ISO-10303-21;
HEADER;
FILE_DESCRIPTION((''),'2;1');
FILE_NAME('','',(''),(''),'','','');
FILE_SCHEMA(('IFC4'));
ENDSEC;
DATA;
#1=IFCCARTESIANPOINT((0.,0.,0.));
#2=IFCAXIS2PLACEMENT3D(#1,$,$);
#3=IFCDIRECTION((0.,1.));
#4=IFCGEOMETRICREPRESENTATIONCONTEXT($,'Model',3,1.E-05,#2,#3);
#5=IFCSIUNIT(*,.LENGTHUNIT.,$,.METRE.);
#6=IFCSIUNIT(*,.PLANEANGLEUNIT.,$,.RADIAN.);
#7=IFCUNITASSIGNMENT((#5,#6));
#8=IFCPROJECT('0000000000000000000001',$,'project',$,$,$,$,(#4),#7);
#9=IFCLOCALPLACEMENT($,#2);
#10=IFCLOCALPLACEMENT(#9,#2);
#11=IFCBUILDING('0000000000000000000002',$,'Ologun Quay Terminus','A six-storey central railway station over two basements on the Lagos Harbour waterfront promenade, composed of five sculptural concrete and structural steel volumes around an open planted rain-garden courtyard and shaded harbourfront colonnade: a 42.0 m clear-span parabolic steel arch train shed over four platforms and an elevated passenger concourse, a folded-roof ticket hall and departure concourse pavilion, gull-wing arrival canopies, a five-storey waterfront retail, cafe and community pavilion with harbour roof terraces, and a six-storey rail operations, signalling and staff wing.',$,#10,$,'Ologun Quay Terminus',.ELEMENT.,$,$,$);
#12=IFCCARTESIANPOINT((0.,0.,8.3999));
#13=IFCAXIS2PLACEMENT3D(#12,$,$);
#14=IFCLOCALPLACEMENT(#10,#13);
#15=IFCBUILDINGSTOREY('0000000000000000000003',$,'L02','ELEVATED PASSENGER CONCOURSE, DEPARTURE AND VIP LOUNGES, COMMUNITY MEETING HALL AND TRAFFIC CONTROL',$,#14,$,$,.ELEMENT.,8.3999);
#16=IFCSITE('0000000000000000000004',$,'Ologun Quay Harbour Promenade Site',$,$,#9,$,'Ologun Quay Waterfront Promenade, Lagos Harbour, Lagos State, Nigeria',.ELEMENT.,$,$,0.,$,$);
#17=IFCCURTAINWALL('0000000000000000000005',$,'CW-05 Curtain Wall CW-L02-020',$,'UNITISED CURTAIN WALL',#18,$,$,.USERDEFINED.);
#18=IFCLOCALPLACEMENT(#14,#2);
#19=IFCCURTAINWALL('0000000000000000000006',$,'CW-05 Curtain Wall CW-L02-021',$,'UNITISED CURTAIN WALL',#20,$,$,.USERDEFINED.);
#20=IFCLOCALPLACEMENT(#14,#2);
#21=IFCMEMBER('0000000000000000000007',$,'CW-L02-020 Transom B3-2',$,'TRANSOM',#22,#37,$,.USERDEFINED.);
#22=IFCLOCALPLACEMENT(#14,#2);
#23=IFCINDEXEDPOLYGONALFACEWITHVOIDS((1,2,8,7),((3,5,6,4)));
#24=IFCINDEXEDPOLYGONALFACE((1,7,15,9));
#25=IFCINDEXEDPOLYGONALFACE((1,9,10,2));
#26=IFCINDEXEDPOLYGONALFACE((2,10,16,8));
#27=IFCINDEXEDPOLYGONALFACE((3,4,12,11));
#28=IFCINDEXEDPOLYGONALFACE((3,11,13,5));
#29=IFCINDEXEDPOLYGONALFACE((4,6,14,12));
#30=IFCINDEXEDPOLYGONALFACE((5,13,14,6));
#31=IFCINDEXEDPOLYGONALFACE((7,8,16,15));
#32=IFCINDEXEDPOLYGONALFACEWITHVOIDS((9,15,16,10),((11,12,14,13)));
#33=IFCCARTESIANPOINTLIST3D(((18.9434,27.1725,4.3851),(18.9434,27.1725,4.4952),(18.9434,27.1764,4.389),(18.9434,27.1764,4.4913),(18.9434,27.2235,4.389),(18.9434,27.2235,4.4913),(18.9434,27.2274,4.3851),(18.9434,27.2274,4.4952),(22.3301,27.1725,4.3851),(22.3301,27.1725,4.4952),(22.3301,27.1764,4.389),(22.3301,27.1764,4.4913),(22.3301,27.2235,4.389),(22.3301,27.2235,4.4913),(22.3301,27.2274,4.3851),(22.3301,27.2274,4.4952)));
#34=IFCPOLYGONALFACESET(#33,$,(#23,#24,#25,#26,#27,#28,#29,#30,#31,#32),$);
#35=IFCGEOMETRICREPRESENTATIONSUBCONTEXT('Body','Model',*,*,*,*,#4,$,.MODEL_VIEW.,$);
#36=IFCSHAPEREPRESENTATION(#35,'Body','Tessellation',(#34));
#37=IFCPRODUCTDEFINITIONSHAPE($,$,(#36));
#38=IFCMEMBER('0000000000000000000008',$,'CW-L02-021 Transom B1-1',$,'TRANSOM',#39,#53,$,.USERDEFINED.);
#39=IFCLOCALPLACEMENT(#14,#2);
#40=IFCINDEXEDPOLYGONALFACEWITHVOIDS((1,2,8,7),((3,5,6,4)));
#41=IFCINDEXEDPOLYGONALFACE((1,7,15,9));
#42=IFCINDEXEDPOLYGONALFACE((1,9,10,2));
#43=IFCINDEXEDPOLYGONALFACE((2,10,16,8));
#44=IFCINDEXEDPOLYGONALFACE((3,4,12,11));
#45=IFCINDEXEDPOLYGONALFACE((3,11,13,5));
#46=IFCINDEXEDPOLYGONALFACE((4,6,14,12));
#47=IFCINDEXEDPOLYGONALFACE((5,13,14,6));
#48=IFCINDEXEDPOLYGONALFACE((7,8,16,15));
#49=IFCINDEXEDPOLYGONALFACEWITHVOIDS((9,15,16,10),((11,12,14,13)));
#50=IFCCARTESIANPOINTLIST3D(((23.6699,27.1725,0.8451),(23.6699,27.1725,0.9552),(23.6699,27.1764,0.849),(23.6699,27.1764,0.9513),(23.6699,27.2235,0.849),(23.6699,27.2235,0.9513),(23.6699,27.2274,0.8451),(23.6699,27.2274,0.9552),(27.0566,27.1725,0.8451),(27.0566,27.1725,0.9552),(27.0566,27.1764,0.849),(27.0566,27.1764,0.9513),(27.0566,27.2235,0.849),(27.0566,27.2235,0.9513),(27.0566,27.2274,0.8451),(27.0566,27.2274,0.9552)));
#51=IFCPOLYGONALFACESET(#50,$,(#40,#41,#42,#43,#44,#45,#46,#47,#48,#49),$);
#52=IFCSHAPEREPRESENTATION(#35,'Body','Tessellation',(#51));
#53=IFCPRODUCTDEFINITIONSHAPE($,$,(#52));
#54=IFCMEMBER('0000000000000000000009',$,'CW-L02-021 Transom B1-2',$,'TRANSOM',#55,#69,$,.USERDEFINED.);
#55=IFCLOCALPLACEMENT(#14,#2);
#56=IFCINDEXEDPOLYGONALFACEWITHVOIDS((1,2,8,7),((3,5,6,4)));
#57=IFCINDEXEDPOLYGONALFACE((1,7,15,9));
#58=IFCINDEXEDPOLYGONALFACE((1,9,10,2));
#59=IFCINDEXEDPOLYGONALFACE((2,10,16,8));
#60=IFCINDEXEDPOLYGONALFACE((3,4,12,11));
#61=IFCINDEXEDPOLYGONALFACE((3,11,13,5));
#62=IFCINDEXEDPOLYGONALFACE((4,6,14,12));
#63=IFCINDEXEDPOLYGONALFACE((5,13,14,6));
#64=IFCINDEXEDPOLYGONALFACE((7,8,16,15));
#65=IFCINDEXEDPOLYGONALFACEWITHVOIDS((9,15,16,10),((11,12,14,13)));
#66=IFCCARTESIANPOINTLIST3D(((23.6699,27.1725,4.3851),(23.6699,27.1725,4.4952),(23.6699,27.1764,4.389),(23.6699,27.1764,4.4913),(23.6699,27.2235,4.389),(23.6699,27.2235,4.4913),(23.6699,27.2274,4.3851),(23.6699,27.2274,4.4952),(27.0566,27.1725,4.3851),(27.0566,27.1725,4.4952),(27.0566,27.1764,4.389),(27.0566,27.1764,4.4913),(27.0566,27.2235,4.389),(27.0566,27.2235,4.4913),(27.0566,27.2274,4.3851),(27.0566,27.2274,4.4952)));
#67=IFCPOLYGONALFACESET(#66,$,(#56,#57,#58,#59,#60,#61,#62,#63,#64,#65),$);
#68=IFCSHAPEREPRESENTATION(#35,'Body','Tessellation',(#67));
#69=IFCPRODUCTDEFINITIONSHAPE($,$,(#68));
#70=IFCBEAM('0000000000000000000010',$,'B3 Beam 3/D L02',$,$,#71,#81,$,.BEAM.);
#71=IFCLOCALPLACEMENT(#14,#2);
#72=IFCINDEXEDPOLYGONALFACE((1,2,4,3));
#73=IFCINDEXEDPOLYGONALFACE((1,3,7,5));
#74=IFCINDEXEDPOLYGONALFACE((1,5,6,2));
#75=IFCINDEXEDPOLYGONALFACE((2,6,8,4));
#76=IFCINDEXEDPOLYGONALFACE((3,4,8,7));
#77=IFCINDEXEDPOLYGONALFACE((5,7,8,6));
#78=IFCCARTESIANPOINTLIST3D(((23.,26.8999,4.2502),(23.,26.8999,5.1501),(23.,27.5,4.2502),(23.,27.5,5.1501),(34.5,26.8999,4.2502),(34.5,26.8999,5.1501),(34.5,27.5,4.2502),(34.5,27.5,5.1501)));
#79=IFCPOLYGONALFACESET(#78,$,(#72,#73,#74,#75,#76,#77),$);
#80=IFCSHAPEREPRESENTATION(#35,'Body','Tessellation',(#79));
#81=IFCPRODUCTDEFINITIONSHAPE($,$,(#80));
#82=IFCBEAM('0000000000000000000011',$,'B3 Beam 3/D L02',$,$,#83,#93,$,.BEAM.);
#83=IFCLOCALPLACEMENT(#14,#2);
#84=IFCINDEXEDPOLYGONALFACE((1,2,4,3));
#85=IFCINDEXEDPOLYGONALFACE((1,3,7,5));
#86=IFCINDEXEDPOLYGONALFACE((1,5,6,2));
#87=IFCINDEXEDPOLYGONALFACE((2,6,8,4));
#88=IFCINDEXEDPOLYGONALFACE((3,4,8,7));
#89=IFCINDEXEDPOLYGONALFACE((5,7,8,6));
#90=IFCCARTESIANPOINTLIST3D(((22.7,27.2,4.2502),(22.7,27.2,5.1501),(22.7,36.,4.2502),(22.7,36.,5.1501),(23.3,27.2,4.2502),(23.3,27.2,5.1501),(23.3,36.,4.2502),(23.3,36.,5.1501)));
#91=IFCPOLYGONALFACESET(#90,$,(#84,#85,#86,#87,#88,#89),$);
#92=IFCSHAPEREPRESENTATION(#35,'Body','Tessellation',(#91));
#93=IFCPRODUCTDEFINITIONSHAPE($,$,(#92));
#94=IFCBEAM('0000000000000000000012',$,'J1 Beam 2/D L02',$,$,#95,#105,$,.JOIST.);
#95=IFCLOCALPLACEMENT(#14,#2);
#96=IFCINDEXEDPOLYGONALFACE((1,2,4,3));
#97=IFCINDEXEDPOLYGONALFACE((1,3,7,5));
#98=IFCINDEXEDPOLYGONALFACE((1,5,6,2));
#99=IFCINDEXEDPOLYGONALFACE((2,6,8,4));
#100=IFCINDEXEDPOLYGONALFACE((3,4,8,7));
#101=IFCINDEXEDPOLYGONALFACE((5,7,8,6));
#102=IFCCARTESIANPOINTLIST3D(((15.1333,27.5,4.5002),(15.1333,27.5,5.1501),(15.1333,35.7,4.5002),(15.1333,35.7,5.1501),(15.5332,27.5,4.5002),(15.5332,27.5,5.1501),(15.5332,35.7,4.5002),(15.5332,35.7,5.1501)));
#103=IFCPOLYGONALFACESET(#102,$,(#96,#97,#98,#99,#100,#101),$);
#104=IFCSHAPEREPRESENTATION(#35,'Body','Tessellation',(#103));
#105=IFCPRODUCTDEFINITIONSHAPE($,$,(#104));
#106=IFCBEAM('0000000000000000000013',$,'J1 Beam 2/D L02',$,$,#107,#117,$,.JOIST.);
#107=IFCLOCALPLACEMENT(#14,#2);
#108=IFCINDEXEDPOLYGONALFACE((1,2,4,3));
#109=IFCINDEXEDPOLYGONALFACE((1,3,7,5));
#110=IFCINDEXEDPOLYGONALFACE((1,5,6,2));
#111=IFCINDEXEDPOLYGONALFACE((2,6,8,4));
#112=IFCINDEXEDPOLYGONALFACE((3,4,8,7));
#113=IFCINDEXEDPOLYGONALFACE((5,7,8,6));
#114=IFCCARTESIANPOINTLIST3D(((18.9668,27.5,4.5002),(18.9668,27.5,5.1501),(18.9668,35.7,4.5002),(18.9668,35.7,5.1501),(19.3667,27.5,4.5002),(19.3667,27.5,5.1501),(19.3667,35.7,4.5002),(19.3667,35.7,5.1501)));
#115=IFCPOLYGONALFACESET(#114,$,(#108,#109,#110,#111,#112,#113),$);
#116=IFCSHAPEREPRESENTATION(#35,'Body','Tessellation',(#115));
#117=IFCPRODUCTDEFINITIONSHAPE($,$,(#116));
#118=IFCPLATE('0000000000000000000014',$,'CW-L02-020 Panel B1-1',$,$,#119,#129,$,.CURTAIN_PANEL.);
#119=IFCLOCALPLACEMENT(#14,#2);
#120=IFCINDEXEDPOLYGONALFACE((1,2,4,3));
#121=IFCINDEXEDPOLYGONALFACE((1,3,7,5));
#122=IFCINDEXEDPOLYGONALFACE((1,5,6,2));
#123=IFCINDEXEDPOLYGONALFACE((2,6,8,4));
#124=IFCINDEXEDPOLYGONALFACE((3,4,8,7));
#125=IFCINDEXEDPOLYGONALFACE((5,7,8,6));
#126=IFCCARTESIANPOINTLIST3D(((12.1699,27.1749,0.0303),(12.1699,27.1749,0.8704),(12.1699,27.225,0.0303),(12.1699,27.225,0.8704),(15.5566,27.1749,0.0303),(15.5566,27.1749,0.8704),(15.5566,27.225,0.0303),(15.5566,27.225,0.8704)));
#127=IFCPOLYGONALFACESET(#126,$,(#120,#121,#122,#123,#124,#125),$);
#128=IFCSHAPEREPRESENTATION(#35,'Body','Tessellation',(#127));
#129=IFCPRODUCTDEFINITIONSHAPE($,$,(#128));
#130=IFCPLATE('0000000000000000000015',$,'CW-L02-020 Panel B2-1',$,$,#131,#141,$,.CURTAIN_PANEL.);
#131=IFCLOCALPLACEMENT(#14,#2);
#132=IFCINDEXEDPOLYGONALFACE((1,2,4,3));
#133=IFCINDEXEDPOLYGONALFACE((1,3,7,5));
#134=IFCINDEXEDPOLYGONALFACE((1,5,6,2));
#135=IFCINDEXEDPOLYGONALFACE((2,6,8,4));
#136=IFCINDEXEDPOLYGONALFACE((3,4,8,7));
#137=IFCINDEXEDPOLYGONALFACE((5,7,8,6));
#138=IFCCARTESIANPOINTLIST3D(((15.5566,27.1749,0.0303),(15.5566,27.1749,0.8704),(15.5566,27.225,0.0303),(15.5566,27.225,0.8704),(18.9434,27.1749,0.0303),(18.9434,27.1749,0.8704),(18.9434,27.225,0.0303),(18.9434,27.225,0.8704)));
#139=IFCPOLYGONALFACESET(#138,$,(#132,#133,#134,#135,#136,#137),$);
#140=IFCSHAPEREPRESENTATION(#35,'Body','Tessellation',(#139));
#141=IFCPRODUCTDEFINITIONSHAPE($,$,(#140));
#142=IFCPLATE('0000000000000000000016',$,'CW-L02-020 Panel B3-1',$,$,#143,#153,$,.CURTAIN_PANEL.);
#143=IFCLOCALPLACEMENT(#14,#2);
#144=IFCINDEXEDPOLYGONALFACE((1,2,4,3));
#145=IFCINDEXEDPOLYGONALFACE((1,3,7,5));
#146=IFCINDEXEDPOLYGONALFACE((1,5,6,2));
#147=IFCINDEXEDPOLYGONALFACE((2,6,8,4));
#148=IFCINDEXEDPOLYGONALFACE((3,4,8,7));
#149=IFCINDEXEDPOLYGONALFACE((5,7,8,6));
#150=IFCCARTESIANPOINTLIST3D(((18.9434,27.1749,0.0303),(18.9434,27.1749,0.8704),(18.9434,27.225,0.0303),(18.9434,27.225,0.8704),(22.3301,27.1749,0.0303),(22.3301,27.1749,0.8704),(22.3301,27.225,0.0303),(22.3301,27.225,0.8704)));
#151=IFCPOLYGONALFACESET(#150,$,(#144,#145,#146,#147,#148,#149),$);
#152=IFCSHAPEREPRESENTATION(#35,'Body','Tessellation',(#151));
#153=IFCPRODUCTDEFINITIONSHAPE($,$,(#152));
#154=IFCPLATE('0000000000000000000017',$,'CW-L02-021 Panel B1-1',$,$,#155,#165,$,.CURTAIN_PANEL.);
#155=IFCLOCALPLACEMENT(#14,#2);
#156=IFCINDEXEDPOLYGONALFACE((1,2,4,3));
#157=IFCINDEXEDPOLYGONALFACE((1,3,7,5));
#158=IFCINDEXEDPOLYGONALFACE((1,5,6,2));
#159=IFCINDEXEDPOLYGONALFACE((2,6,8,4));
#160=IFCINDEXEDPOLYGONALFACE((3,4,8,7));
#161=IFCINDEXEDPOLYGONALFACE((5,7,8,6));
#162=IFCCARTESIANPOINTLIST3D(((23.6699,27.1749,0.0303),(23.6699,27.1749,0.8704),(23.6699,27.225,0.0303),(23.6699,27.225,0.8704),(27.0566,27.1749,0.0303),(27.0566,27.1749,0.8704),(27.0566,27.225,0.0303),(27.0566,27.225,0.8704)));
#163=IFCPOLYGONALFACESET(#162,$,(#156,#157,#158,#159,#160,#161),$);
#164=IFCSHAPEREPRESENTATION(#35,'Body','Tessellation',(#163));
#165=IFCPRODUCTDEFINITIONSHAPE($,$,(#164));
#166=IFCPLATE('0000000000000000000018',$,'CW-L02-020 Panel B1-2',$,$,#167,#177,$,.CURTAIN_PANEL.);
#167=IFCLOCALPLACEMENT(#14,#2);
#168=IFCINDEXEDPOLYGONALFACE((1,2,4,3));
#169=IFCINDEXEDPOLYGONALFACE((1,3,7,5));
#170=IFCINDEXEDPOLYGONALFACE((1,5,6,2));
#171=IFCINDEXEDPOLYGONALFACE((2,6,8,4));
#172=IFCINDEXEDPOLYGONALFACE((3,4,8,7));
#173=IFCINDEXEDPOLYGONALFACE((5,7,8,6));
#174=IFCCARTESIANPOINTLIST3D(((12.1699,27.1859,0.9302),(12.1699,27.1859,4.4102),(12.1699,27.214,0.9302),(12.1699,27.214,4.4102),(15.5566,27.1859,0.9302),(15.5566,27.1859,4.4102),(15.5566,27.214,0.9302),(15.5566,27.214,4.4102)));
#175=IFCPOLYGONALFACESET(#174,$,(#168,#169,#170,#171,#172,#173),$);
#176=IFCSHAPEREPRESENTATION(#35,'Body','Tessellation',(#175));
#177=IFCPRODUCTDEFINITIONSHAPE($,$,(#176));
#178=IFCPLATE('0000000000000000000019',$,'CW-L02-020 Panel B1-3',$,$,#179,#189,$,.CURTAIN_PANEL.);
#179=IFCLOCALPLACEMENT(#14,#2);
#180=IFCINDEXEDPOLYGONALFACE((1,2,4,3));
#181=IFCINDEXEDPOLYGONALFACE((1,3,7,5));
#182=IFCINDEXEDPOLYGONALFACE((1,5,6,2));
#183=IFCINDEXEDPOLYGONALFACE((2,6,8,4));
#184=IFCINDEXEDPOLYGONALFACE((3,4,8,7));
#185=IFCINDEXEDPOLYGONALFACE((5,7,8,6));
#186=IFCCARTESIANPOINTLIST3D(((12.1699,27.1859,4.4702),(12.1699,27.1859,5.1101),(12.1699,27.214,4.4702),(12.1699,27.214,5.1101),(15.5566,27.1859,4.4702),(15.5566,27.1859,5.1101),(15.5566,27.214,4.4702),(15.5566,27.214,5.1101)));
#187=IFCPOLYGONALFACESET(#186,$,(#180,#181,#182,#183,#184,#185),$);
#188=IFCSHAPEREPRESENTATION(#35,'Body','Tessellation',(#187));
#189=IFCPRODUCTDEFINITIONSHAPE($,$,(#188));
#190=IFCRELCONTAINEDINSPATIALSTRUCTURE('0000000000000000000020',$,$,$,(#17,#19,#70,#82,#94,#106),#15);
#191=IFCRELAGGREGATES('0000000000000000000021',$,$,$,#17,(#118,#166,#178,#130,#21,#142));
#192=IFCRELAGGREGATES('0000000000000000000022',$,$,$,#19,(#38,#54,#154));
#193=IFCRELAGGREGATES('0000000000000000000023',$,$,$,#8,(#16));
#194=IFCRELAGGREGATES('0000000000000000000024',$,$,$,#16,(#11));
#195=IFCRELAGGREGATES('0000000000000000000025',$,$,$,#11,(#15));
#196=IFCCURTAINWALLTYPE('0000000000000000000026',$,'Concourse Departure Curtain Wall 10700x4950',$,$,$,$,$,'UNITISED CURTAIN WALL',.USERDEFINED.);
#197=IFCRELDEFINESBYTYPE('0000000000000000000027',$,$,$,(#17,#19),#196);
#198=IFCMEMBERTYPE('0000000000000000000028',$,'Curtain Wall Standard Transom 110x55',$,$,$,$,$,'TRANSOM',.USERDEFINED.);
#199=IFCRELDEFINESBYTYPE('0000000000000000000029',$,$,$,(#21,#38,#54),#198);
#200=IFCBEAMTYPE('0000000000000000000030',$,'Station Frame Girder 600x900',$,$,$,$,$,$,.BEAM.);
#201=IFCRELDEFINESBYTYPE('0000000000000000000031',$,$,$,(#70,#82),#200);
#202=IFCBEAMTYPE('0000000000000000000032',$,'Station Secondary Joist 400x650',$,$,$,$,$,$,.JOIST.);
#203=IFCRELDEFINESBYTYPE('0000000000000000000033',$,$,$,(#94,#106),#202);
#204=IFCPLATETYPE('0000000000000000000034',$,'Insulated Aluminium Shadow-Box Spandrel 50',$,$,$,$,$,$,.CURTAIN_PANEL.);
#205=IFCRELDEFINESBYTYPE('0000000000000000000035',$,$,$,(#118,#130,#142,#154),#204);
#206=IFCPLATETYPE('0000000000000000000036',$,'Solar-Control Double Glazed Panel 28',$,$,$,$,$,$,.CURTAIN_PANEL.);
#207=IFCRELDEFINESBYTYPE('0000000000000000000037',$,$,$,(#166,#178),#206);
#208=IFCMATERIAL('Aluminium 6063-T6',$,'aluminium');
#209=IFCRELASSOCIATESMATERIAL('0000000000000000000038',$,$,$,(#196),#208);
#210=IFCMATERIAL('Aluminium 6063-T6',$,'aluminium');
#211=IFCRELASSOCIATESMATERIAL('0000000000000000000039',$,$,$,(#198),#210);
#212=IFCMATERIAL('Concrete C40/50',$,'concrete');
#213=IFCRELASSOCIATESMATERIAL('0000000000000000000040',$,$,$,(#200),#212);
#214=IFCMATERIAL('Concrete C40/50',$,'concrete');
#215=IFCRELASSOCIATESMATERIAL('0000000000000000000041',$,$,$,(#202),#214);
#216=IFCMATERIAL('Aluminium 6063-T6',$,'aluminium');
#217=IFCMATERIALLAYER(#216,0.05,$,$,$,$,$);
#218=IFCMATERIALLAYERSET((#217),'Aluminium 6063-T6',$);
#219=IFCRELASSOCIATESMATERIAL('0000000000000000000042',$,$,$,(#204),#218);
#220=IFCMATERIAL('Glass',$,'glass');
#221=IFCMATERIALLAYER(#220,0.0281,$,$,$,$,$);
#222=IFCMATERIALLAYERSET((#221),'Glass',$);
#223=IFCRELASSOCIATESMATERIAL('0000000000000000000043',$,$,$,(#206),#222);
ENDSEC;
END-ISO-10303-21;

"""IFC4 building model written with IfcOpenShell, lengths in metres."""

from ifc_helpers import new_model, si_unit, direction, frame, origin, origin_2d, place, context, subcontext, project, spatial, rectangle, hollow_rectangle, extrude, material, layer, layer_set, material_profile, profile_set, type_object, element, aggregate, save


model = new_model("IFC4")

# Units and contexts
model_context = context("Model", 3, precision=1e-05, world=origin(), true_north=direction((0.0, 1.0)))
body_context = subcontext(model_context, "Body", "Model", "MODEL_VIEW")
ifc_project = project(units=[si_unit("LENGTHUNIT", "METRE"), si_unit("PLANEANGLEUNIT", "RADIAN")], contexts=[model_context])

# Site, building, storey
site_placement = place(None, origin())
site = spatial("IfcSite", under=ifc_project, at=site_placement, Name="Ologun Quay Harbour Promenade Site", LongName="Ologun Quay Waterfront Promenade, Lagos Harbour, Lagos State, Nigeria", CompositionType="ELEMENT", RefElevation=0.0)
building_placement = place(site_placement, origin())
building = spatial("IfcBuilding", under=site, at=building_placement, Name="Ologun Quay Terminus", Description="A six-storey central railway station over two basements on the Lagos Harbour waterfront promenade, composed of five sculptural concrete and structural steel volumes around an open planted rain-garden courtyard and shaded harbourfront colonnade: a 42.0 m clear-span parabolic steel arch train shed over four platforms and an elevated passenger concourse, a folded-roof ticket hall and departure concourse pavilion, gull-wing arrival canopies, a five-storey waterfront retail, cafe and community pavilion with harbour roof terraces, and a six-storey rail operations, signalling and staff wing.", LongName="Ologun Quay Terminus", CompositionType="ELEMENT")
storey_placement = place(building_placement, frame((0.0, 0.0, 8.3999)))
storey = spatial("IfcBuildingStorey", under=building, at=storey_placement, Name="L02", Description="ELEVATED PASSENGER CONCOURSE, DEPARTURE AND VIP LOUNGES, COMMUNITY MEETING HALL AND TRAFFIC CONTROL", CompositionType="ELEMENT", Elevation=8.3999)

# Curtain wall
ifc_material_1 = material(Name="Aluminium 6063-T6", Category="aluminium")
curtain_wall_type = type_object("IfcCurtainWallType", Name="Concourse Departure Curtain Wall 10700x4950", ElementType="UNITISED CURTAIN WALL", PredefinedType="USERDEFINED", material=ifc_material_1)
curtain_wall_1_placement = place(storey_placement, origin())
curtain_wall_1 = element("IfcCurtainWall", 1, at=curtain_wall_1_placement, inside=storey, type_object=curtain_wall_type, Name="CW-05 Curtain Wall CW-L02-020", ObjectType="UNITISED CURTAIN WALL", PredefinedType="USERDEFINED")

# Curtain wall
curtain_wall_2_placement = place(storey_placement, origin())
curtain_wall_2 = element("IfcCurtainWall", 2, at=curtain_wall_2_placement, inside=storey, type_object=curtain_wall_type, Name="CW-05 Curtain Wall CW-L02-021", ObjectType="UNITISED CURTAIN WALL", PredefinedType="USERDEFINED")

# Members
ifc_material_2 = material(Name="Aluminium 6063-T6", Category="aluminium")
ifc_material_profile_1 = material_profile(ifc_material_2, hollow_rectangle(XDim=0.0549, YDim=0.1101, WallThickness=0.0039, at=origin_2d()), Name="ALU 110x55x4")
ifc_profile_set_1 = profile_set([ifc_material_profile_1], Name="Aluminium 6063-T6")
member_type_1 = type_object("IfcMemberType", Name="Curtain Wall Standard Transom 110x55", ElementType="TRANSOM", PredefinedType="USERDEFINED", material=ifc_profile_set_1)
member_1_placement = place(storey_placement, frame((18.9434, 27.2, 4.4402), z_axis=(1.0, 0.0, 0.0), x_axis=(0.0, 1.0, 0.0)))
member_1 = element("IfcMember", 3, at=member_1_placement, type_object=member_type_1, Name="CW-L02-020 Transom B3-2", ObjectType="TRANSOM", PredefinedType="USERDEFINED", context=body_context, shape_type="SweptSolid", body=[
    extrude(hollow_rectangle(XDim=0.0549, YDim=0.1101, WallThickness=0.0039, at=origin_2d()), origin(), (0.0, 0.0, 1.0), 3.3867),
])
member_2_placement = place(storey_placement, frame((23.6699, 27.2, 0.9001), z_axis=(1.0, 0.0, 0.0), x_axis=(0.0, 1.0, 0.0)))
member_2 = element("IfcMember", 4, at=member_2_placement, type_object=member_type_1, Name="CW-L02-021 Transom B1-1", ObjectType="TRANSOM", PredefinedType="USERDEFINED", context=body_context, shape_type="SweptSolid", body=[
    extrude(hollow_rectangle(XDim=0.0549, YDim=0.1101, WallThickness=0.0039, at=origin_2d()), origin(), (0.0, 0.0, 1.0), 3.3867),
])
member_3_placement = place(storey_placement, frame((23.6699, 27.2, 4.4402), z_axis=(1.0, 0.0, 0.0), x_axis=(0.0, 1.0, 0.0)))
member_3 = element("IfcMember", 5, at=member_3_placement, type_object=member_type_1, Name="CW-L02-021 Transom B1-2", ObjectType="TRANSOM", PredefinedType="USERDEFINED", context=body_context, shape_type="SweptSolid", body=[
    extrude(hollow_rectangle(XDim=0.0549, YDim=0.1101, WallThickness=0.0039, at=origin_2d()), origin(), (0.0, 0.0, 1.0), 3.3867),
])

# Beams
ifc_material_3 = material(Name="Concrete C40/50", Category="concrete")
ifc_material_profile_2 = material_profile(ifc_material_3, rectangle(XDim=0.6001, YDim=0.8999, at=origin_2d()), Name="RC 600x900")
ifc_profile_set_2 = profile_set([ifc_material_profile_2], Name="Concrete C40/50")
beam_type_1 = type_object("IfcBeamType", Name="Station Frame Girder 600x900", PredefinedType="BEAM", material=ifc_profile_set_2)
beam_1_placement = place(storey_placement, frame((23.0, 27.2, 4.7002), z_axis=(1.0, 0.0, 0.0), x_axis=(0.0, 1.0, 0.0)))
element("IfcBeam", 6, at=beam_1_placement, inside=storey, type_object=beam_type_1, Name="B3 Beam 3/D L02", PredefinedType="BEAM", context=body_context, shape_type="SweptSolid", body=[
    extrude(rectangle(XDim=0.6001, YDim=0.8999, at=origin_2d()), origin(), (0.0, 0.0, 1.0), 11.5),
])
beam_2_placement = place(storey_placement, frame((23.0, 27.2, 4.7002), z_axis=(0.0, 1.0, 0.0), x_axis=(-1.0, 0.0, 0.0)))
element("IfcBeam", 7, at=beam_2_placement, inside=storey, type_object=beam_type_1, Name="B3 Beam 3/D L02", PredefinedType="BEAM", context=body_context, shape_type="SweptSolid", body=[
    extrude(rectangle(XDim=0.6001, YDim=0.8999, at=origin_2d()), origin(), (0.0, 0.0, 1.0), 8.8),
])
ifc_material_4 = material(Name="Concrete C40/50", Category="concrete")
ifc_material_profile_3 = material_profile(ifc_material_4, rectangle(XDim=0.3999, YDim=0.6499, at=origin_2d()), Name="RC 400x650")
ifc_profile_set_3 = profile_set([ifc_material_profile_3], Name="Concrete C40/50")
beam_type_2 = type_object("IfcBeamType", Name="Station Secondary Joist 400x650", PredefinedType="JOIST", material=ifc_profile_set_3)
for number, where, z_axis, x_axis, name in (
    (8, (15.3333, 27.5, 4.8252), (0.0, 1.0, 0.0), (-1.0, 0.0, 0.0), "J1 Beam 2/D L02"),
    (9, (19.1667, 27.5, 4.8252), (0.0, 1.0, 0.0), (-1.0, 0.0, 0.0), "J1 Beam 2/D L02"),
):
    element("IfcBeam", number, at=place(storey_placement, frame(where, z_axis=z_axis, x_axis=x_axis)), inside=storey, type_object=beam_type_2, Name=name, PredefinedType="JOIST", context=body_context, shape_type="SweptSolid", body=[
        extrude(rectangle(XDim=0.3999, YDim=0.6499, at=origin_2d()), origin(), (0.0, 0.0, 1.0), 8.2),
    ])

# Plates
ifc_material_5 = material(Name="Aluminium 6063-T6", Category="aluminium")
ifc_layer_1 = layer(ifc_material_5, 0.05)
ifc_layer_set_1 = layer_set([ifc_layer_1], Name="Aluminium 6063-T6")
plate_type_1 = type_object("IfcPlateType", Name="Insulated Aluminium Shadow-Box Spandrel 50", PredefinedType="CURTAIN_PANEL", material=ifc_layer_set_1)
plate_1_placement = place(storey_placement, frame((13.8633, 27.2, 0.0303), z_axis=(0.0, 0.0, 1.0), x_axis=(1.0, 0.0, 0.0)))
plate_1 = element("IfcPlate", 10, at=plate_1_placement, type_object=plate_type_1, Name="CW-L02-020 Panel B1-1", PredefinedType="CURTAIN_PANEL", context=body_context, shape_type="SweptSolid", body=[
    extrude(rectangle(XDim=3.3867, YDim=0.05, at=origin_2d()), origin(), (0.0, 0.0, 1.0), 0.8401),
])
plate_2_placement = place(storey_placement, frame((17.25, 27.2, 0.0303), z_axis=(0.0, 0.0, 1.0), x_axis=(1.0, 0.0, 0.0)))
plate_2 = element("IfcPlate", 11, at=plate_2_placement, type_object=plate_type_1, Name="CW-L02-020 Panel B2-1", PredefinedType="CURTAIN_PANEL", context=body_context, shape_type="SweptSolid", body=[
    extrude(rectangle(XDim=3.3867, YDim=0.05, at=origin_2d()), origin(), (0.0, 0.0, 1.0), 0.8401),
])
plate_3_placement = place(storey_placement, frame((20.6367, 27.2, 0.0303), z_axis=(0.0, 0.0, 1.0), x_axis=(1.0, 0.0, 0.0)))
plate_3 = element("IfcPlate", 12, at=plate_3_placement, type_object=plate_type_1, Name="CW-L02-020 Panel B3-1", PredefinedType="CURTAIN_PANEL", context=body_context, shape_type="SweptSolid", body=[
    extrude(rectangle(XDim=3.3867, YDim=0.05, at=origin_2d()), origin(), (0.0, 0.0, 1.0), 0.8401),
])
plate_4_placement = place(storey_placement, frame((25.3633, 27.2, 0.0303), z_axis=(0.0, 0.0, 1.0), x_axis=(1.0, 0.0, 0.0)))
plate_4 = element("IfcPlate", 13, at=plate_4_placement, type_object=plate_type_1, Name="CW-L02-021 Panel B1-1", PredefinedType="CURTAIN_PANEL", context=body_context, shape_type="SweptSolid", body=[
    extrude(rectangle(XDim=3.3867, YDim=0.05, at=origin_2d()), origin(), (0.0, 0.0, 1.0), 0.8401),
])
ifc_material_6 = material(Name="Glass", Category="glass")
ifc_layer_2 = layer(ifc_material_6, 0.0281)
ifc_layer_set_2 = layer_set([ifc_layer_2], Name="Glass")
plate_type_2 = type_object("IfcPlateType", Name="Solar-Control Double Glazed Panel 28", PredefinedType="CURTAIN_PANEL", material=ifc_layer_set_2)
plate_5_placement = place(storey_placement, frame((13.8633, 27.2, 0.9302), z_axis=(0.0, 0.0, 1.0), x_axis=(1.0, 0.0, 0.0)))
plate_5 = element("IfcPlate", 14, at=plate_5_placement, type_object=plate_type_2, Name="CW-L02-020 Panel B1-2", PredefinedType="CURTAIN_PANEL", context=body_context, shape_type="SweptSolid", body=[
    extrude(rectangle(XDim=3.3867, YDim=0.0281, at=origin_2d()), origin(), (0.0, 0.0, 1.0), 3.48),
])
plate_6_placement = place(storey_placement, frame((13.8633, 27.2, 4.4702), z_axis=(0.0, 0.0, 1.0), x_axis=(1.0, 0.0, 0.0)))
plate_6 = element("IfcPlate", 15, at=plate_6_placement, type_object=plate_type_2, Name="CW-L02-020 Panel B1-3", PredefinedType="CURTAIN_PANEL", context=body_context, shape_type="SweptSolid", body=[
    extrude(rectangle(XDim=3.3867, YDim=0.0281, at=origin_2d()), origin(), (0.0, 0.0, 1.0), 0.6399),
])
aggregate(curtain_wall_1, [plate_1, plate_5, plate_6, plate_2, member_1, plate_3])
aggregate(curtain_wall_2, [member_2, member_3, plate_4])

save(model, "model.ifc")
